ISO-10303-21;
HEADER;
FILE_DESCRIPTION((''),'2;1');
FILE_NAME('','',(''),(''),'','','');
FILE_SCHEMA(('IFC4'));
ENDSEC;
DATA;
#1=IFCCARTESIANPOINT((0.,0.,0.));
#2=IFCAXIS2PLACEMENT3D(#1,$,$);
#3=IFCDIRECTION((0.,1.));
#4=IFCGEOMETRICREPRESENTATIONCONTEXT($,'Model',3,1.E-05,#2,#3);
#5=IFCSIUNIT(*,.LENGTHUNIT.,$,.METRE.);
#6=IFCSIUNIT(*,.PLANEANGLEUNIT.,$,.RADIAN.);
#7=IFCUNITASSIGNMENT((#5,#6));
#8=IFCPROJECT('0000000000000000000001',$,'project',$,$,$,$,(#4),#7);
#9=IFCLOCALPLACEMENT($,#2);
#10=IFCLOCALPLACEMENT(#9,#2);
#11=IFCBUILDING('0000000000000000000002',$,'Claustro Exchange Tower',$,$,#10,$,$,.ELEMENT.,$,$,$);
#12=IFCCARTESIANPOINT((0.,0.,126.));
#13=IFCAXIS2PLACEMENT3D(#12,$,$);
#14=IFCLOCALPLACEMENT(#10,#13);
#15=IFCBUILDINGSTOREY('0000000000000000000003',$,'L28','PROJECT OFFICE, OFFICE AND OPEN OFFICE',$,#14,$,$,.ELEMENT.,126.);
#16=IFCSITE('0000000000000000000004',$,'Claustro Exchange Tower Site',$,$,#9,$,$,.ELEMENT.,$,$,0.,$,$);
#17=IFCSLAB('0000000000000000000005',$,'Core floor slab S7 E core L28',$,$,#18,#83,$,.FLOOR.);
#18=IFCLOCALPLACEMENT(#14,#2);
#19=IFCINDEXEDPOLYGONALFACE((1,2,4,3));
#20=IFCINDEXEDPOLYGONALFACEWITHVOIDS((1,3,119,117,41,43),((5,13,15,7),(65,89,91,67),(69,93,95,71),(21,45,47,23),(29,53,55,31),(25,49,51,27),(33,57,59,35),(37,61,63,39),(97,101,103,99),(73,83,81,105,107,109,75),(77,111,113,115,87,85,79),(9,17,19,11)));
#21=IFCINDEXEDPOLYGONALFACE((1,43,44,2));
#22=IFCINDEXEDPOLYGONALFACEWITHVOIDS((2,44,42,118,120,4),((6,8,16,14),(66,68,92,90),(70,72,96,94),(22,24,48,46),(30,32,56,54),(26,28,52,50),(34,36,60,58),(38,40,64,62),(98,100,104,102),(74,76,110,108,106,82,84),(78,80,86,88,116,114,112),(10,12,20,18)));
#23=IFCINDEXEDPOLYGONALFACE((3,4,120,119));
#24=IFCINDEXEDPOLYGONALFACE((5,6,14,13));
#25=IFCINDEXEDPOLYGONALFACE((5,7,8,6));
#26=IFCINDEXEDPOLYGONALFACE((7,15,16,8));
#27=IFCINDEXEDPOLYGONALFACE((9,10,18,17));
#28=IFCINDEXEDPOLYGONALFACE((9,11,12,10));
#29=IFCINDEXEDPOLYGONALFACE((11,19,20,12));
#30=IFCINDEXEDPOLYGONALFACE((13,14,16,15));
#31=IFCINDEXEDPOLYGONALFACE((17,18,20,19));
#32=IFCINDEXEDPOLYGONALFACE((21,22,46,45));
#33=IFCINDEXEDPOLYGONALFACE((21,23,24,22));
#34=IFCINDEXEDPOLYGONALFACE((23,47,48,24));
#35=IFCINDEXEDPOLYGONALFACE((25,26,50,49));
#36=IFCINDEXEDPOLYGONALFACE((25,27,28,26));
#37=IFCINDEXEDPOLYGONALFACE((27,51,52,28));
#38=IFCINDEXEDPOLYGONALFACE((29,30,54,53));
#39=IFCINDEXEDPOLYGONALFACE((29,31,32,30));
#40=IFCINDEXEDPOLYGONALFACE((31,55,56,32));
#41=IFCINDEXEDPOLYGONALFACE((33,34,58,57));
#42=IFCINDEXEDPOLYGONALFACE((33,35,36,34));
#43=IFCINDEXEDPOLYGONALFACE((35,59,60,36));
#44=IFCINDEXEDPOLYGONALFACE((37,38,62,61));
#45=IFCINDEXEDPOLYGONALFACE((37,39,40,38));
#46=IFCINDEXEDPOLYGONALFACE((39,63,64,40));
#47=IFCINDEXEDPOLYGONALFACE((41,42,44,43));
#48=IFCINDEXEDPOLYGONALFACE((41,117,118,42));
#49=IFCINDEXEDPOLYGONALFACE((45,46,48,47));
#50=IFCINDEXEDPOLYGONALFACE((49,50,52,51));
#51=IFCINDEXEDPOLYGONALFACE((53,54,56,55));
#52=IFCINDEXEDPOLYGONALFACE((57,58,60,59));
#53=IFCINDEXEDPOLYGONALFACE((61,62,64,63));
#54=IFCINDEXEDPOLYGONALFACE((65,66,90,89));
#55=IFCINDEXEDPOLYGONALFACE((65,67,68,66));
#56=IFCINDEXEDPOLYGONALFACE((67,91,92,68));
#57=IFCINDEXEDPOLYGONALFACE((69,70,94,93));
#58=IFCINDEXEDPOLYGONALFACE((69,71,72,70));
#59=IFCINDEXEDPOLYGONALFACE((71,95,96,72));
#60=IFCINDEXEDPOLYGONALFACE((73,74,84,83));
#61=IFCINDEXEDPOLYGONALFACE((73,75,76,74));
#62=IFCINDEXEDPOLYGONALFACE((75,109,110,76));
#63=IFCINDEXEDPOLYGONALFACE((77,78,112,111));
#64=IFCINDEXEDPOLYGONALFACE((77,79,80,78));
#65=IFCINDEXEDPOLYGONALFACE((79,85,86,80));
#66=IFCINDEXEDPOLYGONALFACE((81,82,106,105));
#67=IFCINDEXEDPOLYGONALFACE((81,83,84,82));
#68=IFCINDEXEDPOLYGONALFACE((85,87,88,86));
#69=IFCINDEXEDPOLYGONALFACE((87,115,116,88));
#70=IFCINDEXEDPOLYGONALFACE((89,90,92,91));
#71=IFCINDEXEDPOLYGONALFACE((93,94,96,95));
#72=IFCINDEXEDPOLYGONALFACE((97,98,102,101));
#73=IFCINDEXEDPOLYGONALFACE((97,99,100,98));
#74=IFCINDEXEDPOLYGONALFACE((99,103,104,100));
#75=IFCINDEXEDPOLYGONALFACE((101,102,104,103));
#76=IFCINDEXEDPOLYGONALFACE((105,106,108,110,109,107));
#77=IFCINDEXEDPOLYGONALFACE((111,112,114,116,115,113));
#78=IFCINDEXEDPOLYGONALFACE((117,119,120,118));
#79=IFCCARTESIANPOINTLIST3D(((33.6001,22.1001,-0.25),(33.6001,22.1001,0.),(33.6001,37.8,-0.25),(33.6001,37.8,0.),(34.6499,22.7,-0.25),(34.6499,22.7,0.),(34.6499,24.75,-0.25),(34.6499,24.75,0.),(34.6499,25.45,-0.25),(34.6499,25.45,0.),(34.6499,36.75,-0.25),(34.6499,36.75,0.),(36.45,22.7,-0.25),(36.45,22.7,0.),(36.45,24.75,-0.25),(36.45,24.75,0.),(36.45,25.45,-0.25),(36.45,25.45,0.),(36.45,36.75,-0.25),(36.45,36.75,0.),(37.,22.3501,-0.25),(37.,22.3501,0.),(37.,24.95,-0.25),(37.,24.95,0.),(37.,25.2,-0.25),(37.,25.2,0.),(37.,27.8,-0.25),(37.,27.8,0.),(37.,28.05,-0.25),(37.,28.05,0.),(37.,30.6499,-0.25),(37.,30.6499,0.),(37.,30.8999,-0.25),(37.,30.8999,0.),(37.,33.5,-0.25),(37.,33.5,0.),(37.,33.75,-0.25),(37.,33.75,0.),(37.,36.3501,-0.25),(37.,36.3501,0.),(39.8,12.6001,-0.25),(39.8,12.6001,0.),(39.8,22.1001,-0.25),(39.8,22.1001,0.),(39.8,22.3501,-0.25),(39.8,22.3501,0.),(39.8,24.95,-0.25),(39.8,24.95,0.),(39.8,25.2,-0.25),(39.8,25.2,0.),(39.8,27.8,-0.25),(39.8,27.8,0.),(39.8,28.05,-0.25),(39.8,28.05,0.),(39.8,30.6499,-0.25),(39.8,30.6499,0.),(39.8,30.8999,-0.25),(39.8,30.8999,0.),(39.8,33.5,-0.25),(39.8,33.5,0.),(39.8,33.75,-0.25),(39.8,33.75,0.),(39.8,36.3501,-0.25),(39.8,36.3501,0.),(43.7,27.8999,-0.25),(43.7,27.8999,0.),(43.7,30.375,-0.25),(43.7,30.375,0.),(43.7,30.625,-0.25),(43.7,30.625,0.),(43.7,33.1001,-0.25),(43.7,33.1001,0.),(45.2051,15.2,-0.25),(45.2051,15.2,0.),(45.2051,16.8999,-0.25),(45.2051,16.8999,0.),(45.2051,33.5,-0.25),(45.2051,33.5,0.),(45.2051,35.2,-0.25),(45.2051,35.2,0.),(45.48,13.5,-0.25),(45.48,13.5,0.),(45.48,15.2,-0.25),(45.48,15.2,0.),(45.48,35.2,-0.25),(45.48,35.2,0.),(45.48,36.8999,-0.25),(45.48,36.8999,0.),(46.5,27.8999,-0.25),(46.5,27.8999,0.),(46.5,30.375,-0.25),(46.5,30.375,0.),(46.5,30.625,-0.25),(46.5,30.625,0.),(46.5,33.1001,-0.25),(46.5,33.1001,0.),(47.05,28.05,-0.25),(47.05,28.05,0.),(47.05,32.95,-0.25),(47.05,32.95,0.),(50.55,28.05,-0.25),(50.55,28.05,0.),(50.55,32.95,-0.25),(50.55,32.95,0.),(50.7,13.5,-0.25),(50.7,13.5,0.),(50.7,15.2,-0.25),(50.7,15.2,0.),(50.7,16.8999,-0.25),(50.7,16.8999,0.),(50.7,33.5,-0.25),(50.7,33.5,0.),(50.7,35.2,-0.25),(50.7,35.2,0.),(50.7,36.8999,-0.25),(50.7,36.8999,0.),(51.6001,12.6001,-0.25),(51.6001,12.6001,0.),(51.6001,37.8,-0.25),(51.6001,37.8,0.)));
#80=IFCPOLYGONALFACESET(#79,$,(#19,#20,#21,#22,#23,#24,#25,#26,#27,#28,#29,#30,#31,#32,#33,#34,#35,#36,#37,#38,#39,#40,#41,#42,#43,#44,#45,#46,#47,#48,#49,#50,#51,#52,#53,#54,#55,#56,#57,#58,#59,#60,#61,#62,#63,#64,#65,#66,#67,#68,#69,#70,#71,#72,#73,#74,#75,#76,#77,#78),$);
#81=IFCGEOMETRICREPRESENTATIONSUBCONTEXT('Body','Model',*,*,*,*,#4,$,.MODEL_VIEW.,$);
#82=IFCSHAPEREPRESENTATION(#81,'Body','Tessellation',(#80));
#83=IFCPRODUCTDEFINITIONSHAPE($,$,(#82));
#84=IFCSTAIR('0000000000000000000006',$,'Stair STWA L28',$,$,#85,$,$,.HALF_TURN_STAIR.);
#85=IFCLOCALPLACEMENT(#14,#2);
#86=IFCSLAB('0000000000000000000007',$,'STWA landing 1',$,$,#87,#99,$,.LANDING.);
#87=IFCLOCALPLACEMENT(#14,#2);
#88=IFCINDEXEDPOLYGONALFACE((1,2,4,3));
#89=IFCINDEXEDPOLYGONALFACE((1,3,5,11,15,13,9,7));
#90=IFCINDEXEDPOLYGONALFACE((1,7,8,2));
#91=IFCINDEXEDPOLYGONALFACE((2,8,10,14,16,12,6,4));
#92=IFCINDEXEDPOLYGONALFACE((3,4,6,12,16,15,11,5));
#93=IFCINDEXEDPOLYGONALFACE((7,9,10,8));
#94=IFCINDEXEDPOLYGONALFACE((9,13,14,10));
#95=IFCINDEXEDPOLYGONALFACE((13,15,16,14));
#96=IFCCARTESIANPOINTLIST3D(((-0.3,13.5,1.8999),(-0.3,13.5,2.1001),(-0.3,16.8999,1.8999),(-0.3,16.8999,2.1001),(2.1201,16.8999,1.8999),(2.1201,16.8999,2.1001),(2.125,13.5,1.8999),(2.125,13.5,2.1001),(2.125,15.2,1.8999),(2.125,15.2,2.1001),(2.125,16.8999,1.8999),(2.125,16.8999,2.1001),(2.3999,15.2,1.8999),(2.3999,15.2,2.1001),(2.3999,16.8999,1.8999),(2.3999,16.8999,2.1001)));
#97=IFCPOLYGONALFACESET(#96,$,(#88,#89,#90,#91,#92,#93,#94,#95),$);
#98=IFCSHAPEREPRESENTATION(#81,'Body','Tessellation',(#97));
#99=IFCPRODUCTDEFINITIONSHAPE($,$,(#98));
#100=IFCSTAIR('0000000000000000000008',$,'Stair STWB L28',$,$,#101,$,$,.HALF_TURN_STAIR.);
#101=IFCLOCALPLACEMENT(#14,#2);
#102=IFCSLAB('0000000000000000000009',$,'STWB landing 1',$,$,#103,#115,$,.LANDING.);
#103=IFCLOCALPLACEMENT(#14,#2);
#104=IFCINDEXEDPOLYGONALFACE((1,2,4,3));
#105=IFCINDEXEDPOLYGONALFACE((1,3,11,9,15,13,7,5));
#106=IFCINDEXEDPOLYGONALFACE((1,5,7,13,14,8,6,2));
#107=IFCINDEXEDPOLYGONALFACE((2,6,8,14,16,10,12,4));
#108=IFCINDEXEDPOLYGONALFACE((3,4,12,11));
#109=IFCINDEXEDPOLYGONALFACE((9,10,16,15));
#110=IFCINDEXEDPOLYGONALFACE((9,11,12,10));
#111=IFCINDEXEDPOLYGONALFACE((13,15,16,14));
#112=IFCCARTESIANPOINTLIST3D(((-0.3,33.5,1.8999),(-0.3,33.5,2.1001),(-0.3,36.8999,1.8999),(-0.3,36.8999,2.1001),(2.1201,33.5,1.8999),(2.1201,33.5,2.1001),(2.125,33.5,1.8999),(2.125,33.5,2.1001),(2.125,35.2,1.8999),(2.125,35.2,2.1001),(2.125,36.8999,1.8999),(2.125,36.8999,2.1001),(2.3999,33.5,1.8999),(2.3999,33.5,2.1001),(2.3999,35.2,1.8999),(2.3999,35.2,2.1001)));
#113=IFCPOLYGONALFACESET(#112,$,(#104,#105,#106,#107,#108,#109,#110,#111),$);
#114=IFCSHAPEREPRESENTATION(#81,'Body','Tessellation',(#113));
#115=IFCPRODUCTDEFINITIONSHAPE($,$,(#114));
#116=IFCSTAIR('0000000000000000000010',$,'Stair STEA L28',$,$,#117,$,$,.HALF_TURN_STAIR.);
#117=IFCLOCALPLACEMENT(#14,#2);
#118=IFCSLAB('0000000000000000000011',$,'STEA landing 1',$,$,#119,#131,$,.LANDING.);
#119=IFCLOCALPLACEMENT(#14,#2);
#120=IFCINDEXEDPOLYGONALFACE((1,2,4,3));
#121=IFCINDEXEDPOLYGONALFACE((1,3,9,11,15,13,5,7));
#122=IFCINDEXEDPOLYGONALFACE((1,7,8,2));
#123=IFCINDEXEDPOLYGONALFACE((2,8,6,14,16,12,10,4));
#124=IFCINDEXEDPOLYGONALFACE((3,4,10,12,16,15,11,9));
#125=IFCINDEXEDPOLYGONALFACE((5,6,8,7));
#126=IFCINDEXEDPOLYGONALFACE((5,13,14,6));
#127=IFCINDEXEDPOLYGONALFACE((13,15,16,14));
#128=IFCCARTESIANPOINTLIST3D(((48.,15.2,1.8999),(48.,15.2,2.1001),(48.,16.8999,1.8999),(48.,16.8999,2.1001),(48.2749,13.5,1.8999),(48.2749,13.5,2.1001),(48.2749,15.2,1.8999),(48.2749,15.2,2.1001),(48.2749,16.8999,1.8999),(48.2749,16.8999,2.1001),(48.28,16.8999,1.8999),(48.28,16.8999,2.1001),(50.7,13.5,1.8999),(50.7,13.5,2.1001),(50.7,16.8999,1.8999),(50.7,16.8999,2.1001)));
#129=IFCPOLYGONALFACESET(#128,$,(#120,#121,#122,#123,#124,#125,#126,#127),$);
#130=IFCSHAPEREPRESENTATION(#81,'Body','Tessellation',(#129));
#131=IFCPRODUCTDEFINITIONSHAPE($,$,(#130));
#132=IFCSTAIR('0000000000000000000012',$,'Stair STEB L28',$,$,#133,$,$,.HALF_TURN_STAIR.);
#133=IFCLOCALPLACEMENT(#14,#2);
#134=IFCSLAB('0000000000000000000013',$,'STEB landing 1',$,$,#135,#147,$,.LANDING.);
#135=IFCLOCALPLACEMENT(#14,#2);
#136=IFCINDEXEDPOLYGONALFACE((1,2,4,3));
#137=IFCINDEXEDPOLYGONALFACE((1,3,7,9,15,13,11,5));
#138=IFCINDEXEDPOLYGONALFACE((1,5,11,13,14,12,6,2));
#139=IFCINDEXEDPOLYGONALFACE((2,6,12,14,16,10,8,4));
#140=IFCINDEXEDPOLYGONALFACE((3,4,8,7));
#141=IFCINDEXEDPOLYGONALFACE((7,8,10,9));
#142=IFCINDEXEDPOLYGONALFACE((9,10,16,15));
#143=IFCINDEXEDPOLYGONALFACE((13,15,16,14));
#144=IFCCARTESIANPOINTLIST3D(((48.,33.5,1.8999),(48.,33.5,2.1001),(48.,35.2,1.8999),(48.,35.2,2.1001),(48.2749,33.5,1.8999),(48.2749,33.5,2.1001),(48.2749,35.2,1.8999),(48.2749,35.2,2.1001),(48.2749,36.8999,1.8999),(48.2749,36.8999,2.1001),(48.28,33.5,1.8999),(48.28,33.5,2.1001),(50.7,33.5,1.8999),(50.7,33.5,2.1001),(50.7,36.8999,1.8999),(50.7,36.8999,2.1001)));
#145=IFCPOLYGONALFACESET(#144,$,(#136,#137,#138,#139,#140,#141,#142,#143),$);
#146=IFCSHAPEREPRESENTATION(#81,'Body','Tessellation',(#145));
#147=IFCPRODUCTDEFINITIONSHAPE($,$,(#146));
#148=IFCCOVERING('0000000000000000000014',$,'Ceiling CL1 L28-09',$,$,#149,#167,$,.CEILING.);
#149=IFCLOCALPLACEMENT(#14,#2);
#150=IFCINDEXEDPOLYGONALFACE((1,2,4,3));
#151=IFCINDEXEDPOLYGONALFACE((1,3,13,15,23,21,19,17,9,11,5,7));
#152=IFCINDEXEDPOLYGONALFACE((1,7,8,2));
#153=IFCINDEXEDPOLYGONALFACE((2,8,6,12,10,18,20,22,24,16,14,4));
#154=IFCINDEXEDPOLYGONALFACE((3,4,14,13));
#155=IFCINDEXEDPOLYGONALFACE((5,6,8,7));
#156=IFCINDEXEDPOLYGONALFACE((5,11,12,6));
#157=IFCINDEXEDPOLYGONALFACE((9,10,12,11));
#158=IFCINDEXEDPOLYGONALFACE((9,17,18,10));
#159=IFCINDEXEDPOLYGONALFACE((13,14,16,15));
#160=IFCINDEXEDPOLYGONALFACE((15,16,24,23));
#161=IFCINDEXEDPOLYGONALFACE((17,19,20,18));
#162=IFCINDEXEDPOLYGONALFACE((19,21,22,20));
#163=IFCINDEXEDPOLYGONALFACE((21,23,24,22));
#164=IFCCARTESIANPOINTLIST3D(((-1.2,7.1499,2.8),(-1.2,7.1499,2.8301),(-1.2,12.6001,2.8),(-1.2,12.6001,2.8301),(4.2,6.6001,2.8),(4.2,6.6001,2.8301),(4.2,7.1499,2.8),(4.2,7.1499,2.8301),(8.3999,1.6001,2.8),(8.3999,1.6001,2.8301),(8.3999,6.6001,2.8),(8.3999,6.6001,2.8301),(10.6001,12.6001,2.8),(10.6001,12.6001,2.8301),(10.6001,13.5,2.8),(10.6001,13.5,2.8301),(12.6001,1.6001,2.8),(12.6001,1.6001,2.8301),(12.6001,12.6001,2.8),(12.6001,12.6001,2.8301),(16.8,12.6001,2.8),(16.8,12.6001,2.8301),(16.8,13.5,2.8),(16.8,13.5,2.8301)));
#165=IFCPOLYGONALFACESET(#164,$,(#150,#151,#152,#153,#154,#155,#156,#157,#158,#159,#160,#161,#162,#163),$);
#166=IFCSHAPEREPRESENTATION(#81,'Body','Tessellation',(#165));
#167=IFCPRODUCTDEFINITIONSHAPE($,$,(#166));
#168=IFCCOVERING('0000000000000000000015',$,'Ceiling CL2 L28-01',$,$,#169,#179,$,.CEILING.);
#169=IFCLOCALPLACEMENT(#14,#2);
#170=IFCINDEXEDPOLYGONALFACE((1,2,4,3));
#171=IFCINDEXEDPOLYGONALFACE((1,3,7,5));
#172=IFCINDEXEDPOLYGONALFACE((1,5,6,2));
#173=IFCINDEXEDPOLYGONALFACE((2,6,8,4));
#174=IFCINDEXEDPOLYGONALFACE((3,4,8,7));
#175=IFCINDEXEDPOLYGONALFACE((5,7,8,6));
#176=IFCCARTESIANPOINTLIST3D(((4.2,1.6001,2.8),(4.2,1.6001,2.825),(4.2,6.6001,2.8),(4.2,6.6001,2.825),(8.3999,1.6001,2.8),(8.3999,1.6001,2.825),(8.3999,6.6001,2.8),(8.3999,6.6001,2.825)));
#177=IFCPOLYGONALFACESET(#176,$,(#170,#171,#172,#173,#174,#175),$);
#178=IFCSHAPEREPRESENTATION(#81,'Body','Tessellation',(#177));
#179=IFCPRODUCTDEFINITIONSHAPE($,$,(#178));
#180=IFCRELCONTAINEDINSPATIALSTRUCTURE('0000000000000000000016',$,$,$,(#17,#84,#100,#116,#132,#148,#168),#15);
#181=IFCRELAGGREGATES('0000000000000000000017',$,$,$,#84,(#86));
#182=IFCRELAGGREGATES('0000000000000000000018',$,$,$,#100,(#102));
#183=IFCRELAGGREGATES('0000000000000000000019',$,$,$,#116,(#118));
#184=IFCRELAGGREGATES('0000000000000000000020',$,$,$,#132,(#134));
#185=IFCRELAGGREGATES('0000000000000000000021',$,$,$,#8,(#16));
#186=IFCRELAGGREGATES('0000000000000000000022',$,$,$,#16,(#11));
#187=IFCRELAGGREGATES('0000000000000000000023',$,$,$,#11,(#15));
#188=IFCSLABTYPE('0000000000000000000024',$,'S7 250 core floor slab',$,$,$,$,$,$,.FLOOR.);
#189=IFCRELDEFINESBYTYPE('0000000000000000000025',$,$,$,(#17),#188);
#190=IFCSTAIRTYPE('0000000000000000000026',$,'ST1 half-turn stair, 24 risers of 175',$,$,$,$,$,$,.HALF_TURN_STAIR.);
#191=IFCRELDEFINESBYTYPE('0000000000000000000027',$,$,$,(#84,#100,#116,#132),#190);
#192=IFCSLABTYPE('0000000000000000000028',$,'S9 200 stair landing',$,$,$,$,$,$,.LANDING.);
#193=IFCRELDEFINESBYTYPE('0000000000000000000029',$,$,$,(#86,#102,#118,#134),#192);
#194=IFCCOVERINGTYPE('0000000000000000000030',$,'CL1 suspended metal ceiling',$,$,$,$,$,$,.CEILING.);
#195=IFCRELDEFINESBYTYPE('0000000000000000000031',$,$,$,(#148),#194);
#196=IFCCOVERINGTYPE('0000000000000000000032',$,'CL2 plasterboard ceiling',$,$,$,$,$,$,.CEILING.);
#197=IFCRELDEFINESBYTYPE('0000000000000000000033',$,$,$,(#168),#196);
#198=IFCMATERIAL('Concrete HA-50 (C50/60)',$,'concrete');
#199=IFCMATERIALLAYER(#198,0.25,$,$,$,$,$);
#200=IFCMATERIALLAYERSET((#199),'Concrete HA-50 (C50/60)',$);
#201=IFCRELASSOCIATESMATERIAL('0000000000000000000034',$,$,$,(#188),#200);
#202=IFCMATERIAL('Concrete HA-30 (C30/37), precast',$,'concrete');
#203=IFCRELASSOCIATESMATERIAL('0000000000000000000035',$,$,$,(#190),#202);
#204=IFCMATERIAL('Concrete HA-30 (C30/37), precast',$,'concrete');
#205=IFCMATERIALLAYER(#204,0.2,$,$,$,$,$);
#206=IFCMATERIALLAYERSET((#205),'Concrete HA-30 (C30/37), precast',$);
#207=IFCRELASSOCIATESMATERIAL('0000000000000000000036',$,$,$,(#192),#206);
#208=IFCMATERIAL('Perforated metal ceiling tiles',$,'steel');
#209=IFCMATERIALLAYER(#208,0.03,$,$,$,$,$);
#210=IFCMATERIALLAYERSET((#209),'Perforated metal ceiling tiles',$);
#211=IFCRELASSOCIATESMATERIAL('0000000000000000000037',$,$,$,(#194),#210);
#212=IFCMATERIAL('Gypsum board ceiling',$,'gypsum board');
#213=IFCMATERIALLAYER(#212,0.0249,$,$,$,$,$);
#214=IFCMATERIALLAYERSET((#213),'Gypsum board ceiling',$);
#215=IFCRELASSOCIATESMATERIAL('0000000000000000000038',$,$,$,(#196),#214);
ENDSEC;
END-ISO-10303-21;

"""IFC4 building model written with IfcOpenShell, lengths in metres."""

from ifc_helpers import new_model, si_unit, direction, frame, origin, place, context, subcontext, project, spatial, polyline, outline, extrude, material, layer, layer_set, type_object, element, aggregate, save


model = new_model("IFC4")

# Units and contexts
model_context = context("Model", 3, precision=1e-05, world=origin(), true_north=direction((0.0, 1.0)))
body_context = subcontext(model_context, "Body", "Model", "MODEL_VIEW")
ifc_project = project(units=[si_unit("LENGTHUNIT", "METRE"), si_unit("PLANEANGLEUNIT", "RADIAN")], contexts=[model_context])

# Site, building, storey
site_placement = place(None, origin())
site = spatial("IfcSite", under=ifc_project, at=site_placement, Name="Claustro Exchange Tower Site", CompositionType="ELEMENT", RefElevation=0.0)
building_placement = place(site_placement, origin())
building = spatial("IfcBuilding", under=site, at=building_placement, Name="Claustro Exchange Tower", CompositionType="ELEMENT")
storey_placement = place(building_placement, frame((0.0, 0.0, 126.0)))
storey = spatial("IfcBuildingStorey", under=building, at=storey_placement, Name="L28", Description="PROJECT OFFICE, OFFICE AND OPEN OFFICE", CompositionType="ELEMENT", Elevation=126.0)

# Slab
ifc_material_1 = material(Name="Concrete HA-50 (C50/60)", Category="concrete")
ifc_layer_1 = layer(ifc_material_1, 0.25)
ifc_layer_set_1 = layer_set([ifc_layer_1], Name="Concrete HA-50 (C50/60)")
slab_type_1 = type_object("IfcSlabType", Name="S7 250 core floor slab", PredefinedType="FLOOR", material=ifc_layer_set_1)
slab_1_placement = place(storey_placement, frame((0.0, 0.0, -0.25)))
element("IfcSlab", 1, at=slab_1_placement, inside=storey, type_object=slab_type_1, Name="Core floor slab S7 E core L28", PredefinedType="FLOOR", context=body_context, shape_type="SweptSolid", body=[
    extrude(outline(polyline([(51.6001, 37.8), (33.6001, 37.8), (33.6001, 22.1001), (39.8, 22.1001), (39.8, 12.6001), (51.6001, 12.6001), (51.6001, 37.8)]), holes=[polyline([(45.48, 15.2), (45.2051, 15.2), (45.2051, 16.8999), (50.7, 16.8999), (50.7, 15.2), (50.7, 13.5), (45.48, 13.5), (45.48, 15.2)]), polyline([(45.48, 35.2), (45.48, 36.8999), (50.7, 36.8999), (50.7, 35.2), (50.7, 33.5), (45.2051, 33.5), (45.2051, 35.2), (45.48, 35.2)]), polyline([(50.55, 32.95), (50.55, 28.05), (47.05, 28.05), (47.05, 32.95), (50.55, 32.95)]), polyline([(43.7, 33.1001), (46.5, 33.1001), (46.5, 30.625), (43.7, 30.625), (43.7, 33.1001)]), polyline([(46.5, 30.375), (46.5, 27.8999), (43.7, 27.8999), (43.7, 30.375), (46.5, 30.375)]), polyline([(37.0, 24.95), (39.8, 24.95), (39.8, 22.3501), (37.0, 22.3501), (37.0, 24.95)]), polyline([(37.0, 30.6499), (39.8, 30.6499), (39.8, 28.05), (37.0, 28.05), (37.0, 30.6499)]), polyline([(39.8, 27.8), (39.8, 25.2), (37.0, 25.2), (37.0, 27.8), (39.8, 27.8)]), polyline([(39.8, 33.5), (39.8, 30.8999), (37.0, 30.8999), (37.0, 33.5), (39.8, 33.5)]), polyline([(39.8, 36.3501), (39.8, 33.75), (37.0, 33.75), (37.0, 36.3501), (39.8, 36.3501)]), polyline([(36.45, 24.75), (36.45, 22.7), (34.6499, 22.7), (34.6499, 24.75), (36.45, 24.75)]), polyline([(36.45, 36.75), (36.45, 25.45), (34.6499, 25.45), (34.6499, 36.75), (36.45, 36.75)])]), origin(), (0.0, 0.0, 1.0), 0.25),
])

# Stairs, slabs
ifc_material_2 = material(Name="Concrete HA-30 (C30/37), precast", Category="concrete")
stair_type = type_object("IfcStairType", Name="ST1 half-turn stair, 24 risers of 175", PredefinedType="HALF_TURN_STAIR", material=ifc_material_2)
stair_1_placement = place(storey_placement, origin())
stair_1 = element("IfcStair", 2, at=stair_1_placement, inside=storey, type_object=stair_type, Name="Stair STWA L28", PredefinedType="HALF_TURN_STAIR")
ifc_material_3 = material(Name="Concrete HA-30 (C30/37), precast", Category="concrete")
ifc_layer_2 = layer(ifc_material_3, 0.2)
ifc_layer_set_2 = layer_set([ifc_layer_2], Name="Concrete HA-30 (C30/37), precast")
slab_type_2 = type_object("IfcSlabType", Name="S9 200 stair landing", PredefinedType="LANDING", material=ifc_layer_set_2)
slab_2_placement = place(storey_placement, frame((0.0, 0.0, 1.8999)))
slab_2 = element("IfcSlab", 3, at=slab_2_placement, type_object=slab_type_2, Name="STWA landing 1", PredefinedType="LANDING", context=body_context, shape_type="SweptSolid", body=[
    extrude(outline(polyline([(2.125, 13.5), (-0.3, 13.5), (-0.3, 16.8999), (2.1201, 16.8999), (2.125, 16.8999), (2.3999, 16.8999), (2.3999, 15.2), (2.125, 15.2), (2.125, 13.5)])), origin(), (0.0, 0.0, 1.0), 0.2002),
])
aggregate(stair_1, [slab_2])
stair_2_placement = place(storey_placement, origin())
stair_2 = element("IfcStair", 4, at=stair_2_placement, inside=storey, type_object=stair_type, Name="Stair STWB L28", PredefinedType="HALF_TURN_STAIR")
slab_3_placement = place(storey_placement, frame((0.0, 0.0, 1.8999)))
slab_3 = element("IfcSlab", 5, at=slab_3_placement, type_object=slab_type_2, Name="STWB landing 1", PredefinedType="LANDING", context=body_context, shape_type="SweptSolid", body=[
    extrude(outline(polyline([(2.3999, 35.2), (2.3999, 33.5), (2.125, 33.5), (2.1201, 33.5), (-0.3, 33.5), (-0.3, 36.8999), (2.125, 36.8999), (2.125, 35.2), (2.3999, 35.2)])), origin(), (0.0, 0.0, 1.0), 0.2002),
])
aggregate(stair_2, [slab_3])
stair_3_placement = place(storey_placement, origin())
stair_3 = element("IfcStair", 6, at=stair_3_placement, inside=storey, type_object=stair_type, Name="Stair STEA L28", PredefinedType="HALF_TURN_STAIR")
slab_4_placement = place(storey_placement, frame((0.0, 0.0, 1.8999)))
slab_4 = element("IfcSlab", 7, at=slab_4_placement, type_object=slab_type_2, Name="STEA landing 1", PredefinedType="LANDING", context=body_context, shape_type="SweptSolid", body=[
    extrude(outline(polyline([(50.7, 16.8999), (50.7, 13.5), (48.2749, 13.5), (48.2749, 15.2), (48.0, 15.2), (48.0, 16.8999), (48.2749, 16.8999), (48.28, 16.8999), (50.7, 16.8999)])), origin(), (0.0, 0.0, 1.0), 0.2002),
])
aggregate(stair_3, [slab_4])
stair_4_placement = place(storey_placement, origin())
stair_4 = element("IfcStair", 8, at=stair_4_placement, inside=storey, type_object=stair_type, Name="Stair STEB L28", PredefinedType="HALF_TURN_STAIR")
slab_5_placement = place(storey_placement, frame((0.0, 0.0, 1.8999)))
slab_5 = element("IfcSlab", 9, at=slab_5_placement, type_object=slab_type_2, Name="STEB landing 1", PredefinedType="LANDING", context=body_context, shape_type="SweptSolid", body=[
    extrude(outline(polyline([(48.0, 33.5), (48.0, 35.2), (48.2749, 35.2), (48.2749, 36.8999), (50.7, 36.8999), (50.7, 33.5), (48.28, 33.5), (48.2749, 33.5), (48.0, 33.5)])), origin(), (0.0, 0.0, 1.0), 0.2002),
])
aggregate(stair_4, [slab_5])

# Coverings
ifc_material_4 = material(Name="Perforated metal ceiling tiles", Category="steel")
ifc_layer_3 = layer(ifc_material_4, 0.03)
ifc_layer_set_3 = layer_set([ifc_layer_3], Name="Perforated metal ceiling tiles")
covering_type_1 = type_object("IfcCoveringType", Name="CL1 suspended metal ceiling", PredefinedType="CEILING", material=ifc_layer_set_3)
covering_1_placement = place(storey_placement, frame((0.0, 0.0, 2.8)))
element("IfcCovering", 10, at=covering_1_placement, inside=storey, type_object=covering_type_1, Name="Ceiling CL1 L28-09", PredefinedType="CEILING", context=body_context, shape_type="SweptSolid", body=[
    extrude(outline(polyline([(10.6001, 12.6001), (-1.2, 12.6001), (-1.2, 7.1499), (4.2, 7.1499), (4.2, 6.6001), (8.3999, 6.6001), (8.3999, 1.6001), (12.6001, 1.6001), (12.6001, 12.6001), (16.8, 12.6001), (16.8, 13.5), (10.6001, 13.5), (10.6001, 12.6001)])), origin(), (0.0, 0.0, 1.0), 0.03),
])
ifc_material_5 = material(Name="Gypsum board ceiling", Category="gypsum board")
ifc_layer_4 = layer(ifc_material_5, 0.0249)
ifc_layer_set_4 = layer_set([ifc_layer_4], Name="Gypsum board ceiling")
covering_type_2 = type_object("IfcCoveringType", Name="CL2 plasterboard ceiling", PredefinedType="CEILING", material=ifc_layer_set_4)
covering_2_placement = place(storey_placement, frame((0.0, 0.0, 2.8)))
element("IfcCovering", 11, at=covering_2_placement, inside=storey, type_object=covering_type_2, Name="Ceiling CL2 L28-01", PredefinedType="CEILING", context=body_context, shape_type="SweptSolid", body=[
    extrude(outline(polyline([(4.2, 1.6001), (8.3999, 1.6001), (8.3999, 6.6001), (4.2, 6.6001), (4.2, 1.6001)])), origin(), (0.0, 0.0, 1.0), 0.0249),
])

save(model, "model.ifc")
